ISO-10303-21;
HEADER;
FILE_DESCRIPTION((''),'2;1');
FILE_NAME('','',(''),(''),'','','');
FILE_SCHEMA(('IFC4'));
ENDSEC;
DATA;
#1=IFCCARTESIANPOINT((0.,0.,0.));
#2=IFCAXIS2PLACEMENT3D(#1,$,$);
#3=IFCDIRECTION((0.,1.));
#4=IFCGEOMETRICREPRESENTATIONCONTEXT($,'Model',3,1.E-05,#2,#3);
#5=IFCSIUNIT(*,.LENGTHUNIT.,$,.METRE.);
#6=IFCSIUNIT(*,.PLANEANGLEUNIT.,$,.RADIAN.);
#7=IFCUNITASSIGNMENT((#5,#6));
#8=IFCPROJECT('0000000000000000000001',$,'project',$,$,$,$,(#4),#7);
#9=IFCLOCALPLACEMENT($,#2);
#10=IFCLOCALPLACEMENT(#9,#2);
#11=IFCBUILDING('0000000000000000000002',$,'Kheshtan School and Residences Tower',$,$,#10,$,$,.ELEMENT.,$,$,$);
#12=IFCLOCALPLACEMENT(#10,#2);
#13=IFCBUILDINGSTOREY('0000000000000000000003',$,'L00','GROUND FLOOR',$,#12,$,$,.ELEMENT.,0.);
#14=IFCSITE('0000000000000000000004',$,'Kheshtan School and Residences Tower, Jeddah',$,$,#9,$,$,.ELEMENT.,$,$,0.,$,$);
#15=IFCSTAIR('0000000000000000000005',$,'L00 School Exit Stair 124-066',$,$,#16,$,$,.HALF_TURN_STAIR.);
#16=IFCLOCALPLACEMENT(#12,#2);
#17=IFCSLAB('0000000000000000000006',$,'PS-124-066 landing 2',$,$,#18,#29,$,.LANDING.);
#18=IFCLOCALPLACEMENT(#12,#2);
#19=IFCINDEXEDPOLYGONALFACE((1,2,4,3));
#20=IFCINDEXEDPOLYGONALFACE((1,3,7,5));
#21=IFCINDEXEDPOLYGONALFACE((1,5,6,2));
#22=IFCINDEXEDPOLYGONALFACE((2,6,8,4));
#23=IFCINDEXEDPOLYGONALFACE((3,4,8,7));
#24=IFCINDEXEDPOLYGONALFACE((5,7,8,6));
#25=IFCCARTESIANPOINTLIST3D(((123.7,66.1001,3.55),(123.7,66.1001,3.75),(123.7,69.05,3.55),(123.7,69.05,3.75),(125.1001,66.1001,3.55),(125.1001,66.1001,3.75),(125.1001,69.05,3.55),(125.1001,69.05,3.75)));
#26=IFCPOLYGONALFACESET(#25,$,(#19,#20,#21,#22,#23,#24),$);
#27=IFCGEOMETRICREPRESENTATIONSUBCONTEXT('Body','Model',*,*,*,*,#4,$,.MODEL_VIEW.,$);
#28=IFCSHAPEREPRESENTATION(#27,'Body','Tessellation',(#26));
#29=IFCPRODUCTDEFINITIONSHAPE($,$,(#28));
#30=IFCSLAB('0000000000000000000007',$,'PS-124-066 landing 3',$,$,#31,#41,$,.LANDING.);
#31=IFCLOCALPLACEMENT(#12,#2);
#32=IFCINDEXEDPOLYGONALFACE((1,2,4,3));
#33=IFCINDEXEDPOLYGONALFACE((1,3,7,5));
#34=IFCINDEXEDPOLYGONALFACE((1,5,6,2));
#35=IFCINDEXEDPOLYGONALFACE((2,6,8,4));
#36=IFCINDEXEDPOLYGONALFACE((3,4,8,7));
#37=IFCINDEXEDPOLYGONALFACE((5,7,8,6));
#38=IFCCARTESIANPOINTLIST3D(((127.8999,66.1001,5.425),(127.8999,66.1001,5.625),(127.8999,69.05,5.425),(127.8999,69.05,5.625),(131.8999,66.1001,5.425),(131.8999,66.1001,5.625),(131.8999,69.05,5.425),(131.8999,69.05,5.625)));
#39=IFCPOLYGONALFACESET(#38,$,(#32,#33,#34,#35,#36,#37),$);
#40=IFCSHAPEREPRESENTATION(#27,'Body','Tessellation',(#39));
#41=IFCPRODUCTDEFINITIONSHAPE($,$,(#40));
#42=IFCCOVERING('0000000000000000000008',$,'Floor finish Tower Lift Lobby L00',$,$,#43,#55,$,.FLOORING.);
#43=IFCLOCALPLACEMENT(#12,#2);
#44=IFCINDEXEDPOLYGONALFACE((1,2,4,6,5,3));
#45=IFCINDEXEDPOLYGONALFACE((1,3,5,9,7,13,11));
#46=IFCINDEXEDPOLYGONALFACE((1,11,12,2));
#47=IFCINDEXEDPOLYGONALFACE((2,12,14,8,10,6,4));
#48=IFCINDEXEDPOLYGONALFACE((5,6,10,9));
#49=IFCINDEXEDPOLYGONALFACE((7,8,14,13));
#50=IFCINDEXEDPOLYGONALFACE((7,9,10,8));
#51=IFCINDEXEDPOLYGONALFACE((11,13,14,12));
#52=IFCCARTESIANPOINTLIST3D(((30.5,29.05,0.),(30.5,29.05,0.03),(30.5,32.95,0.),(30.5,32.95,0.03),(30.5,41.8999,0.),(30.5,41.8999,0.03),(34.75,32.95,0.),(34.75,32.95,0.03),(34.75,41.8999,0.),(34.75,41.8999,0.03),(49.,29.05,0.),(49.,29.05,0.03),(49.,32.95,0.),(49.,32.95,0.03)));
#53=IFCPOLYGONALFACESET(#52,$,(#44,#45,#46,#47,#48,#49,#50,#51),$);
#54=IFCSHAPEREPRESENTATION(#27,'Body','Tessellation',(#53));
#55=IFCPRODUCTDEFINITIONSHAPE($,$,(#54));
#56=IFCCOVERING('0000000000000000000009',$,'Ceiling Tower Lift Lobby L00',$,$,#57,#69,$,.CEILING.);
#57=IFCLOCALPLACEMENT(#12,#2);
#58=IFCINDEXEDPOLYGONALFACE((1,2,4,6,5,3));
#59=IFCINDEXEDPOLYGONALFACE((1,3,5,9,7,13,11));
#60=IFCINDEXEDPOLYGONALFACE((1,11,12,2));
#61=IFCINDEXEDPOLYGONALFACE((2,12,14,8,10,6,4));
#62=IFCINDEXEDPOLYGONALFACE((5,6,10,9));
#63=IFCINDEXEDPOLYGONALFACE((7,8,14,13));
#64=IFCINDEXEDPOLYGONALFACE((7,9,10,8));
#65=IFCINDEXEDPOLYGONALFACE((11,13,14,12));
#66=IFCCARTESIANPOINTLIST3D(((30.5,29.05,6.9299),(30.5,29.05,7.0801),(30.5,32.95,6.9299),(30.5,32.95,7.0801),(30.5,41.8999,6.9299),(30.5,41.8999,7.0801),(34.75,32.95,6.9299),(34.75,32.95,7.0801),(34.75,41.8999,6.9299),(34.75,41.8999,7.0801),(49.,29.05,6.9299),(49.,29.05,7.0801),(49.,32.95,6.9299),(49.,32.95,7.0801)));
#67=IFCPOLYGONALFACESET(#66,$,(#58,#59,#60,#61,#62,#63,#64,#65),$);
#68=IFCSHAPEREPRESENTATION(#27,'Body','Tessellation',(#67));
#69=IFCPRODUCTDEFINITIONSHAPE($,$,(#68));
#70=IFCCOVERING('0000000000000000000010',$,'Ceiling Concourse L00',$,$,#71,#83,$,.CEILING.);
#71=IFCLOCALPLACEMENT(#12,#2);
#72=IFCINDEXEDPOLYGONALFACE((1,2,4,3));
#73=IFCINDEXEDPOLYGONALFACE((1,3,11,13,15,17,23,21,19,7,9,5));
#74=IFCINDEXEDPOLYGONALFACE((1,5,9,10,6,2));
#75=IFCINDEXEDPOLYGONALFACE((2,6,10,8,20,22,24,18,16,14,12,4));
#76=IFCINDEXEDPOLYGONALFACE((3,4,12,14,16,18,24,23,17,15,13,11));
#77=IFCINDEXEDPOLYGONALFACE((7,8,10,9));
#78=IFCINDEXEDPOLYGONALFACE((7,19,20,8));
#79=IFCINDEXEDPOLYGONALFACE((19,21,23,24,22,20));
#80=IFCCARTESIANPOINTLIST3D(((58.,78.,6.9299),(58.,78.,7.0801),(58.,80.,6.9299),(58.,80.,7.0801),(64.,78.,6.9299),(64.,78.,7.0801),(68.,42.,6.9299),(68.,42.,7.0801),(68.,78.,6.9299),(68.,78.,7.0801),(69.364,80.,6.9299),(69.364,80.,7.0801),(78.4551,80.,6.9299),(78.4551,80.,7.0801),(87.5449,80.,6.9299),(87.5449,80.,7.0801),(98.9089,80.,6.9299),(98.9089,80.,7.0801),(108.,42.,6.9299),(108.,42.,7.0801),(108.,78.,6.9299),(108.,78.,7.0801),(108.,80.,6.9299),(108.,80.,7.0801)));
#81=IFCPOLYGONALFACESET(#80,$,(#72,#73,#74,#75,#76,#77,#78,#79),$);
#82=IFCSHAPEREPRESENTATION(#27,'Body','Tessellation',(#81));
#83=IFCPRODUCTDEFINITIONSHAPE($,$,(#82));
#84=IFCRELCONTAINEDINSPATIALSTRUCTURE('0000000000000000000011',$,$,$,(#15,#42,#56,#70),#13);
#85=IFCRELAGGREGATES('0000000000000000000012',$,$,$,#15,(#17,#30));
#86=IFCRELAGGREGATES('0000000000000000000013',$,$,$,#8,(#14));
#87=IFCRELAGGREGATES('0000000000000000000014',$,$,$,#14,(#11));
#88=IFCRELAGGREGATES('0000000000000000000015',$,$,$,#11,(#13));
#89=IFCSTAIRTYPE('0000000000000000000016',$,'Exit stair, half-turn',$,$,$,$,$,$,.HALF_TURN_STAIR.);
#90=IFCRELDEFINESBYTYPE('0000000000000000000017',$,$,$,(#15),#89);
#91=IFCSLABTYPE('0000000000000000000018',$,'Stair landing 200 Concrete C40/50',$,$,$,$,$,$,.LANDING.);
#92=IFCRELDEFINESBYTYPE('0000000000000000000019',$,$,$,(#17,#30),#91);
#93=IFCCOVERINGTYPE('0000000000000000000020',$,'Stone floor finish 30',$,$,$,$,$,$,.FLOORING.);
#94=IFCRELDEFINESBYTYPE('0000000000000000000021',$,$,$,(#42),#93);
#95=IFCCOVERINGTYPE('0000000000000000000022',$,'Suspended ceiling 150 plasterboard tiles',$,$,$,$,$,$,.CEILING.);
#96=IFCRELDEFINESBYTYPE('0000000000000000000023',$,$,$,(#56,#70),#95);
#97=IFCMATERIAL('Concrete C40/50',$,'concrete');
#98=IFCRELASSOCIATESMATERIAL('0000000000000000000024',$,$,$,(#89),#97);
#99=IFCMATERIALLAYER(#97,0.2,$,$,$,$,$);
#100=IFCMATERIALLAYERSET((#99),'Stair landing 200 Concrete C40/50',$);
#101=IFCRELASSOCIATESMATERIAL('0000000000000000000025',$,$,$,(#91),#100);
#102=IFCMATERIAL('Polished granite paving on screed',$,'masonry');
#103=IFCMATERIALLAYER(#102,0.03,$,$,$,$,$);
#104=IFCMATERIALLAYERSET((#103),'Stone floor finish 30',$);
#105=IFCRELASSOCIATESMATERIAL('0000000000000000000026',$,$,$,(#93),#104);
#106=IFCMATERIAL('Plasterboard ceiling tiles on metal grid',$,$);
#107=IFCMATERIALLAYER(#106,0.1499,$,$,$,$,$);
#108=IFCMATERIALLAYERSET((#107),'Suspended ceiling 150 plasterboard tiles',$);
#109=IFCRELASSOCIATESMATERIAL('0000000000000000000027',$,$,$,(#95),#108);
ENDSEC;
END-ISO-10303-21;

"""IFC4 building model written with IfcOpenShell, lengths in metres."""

from ifc_helpers import new_model, si_unit, direction, frame, origin, place, context, subcontext, project, spatial, polyline, outline, extrude, material, layer, layer_set, type_object, element, aggregate, save


model = new_model("IFC4")

# Units and contexts
model_context = context("Model", 3, precision=1e-05, world=origin(), true_north=direction((0.0, 1.0)))
body_context = subcontext(model_context, "Body", "Model", "MODEL_VIEW")
ifc_project = project(units=[si_unit("LENGTHUNIT", "METRE"), si_unit("PLANEANGLEUNIT", "RADIAN")], contexts=[model_context])

# Site, building, storey
site_placement = place(None, origin())
site = spatial("IfcSite", under=ifc_project, at=site_placement, Name="Kheshtan School and Residences Tower, Jeddah", CompositionType="ELEMENT", RefElevation=0.0)
building_placement = place(site_placement, origin())
building = spatial("IfcBuilding", under=site, at=building_placement, Name="Kheshtan School and Residences Tower", CompositionType="ELEMENT")
storey_placement = place(building_placement, origin())
storey = spatial("IfcBuildingStorey", under=building, at=storey_placement, Name="L00", Description="GROUND FLOOR", CompositionType="ELEMENT", Elevation=0.0)

# Shared definitions
ifc_material_1 = material(Name="Concrete C40/50", Category="concrete")

# Shared definitions
stair_type = type_object("IfcStairType", Name="Exit stair, half-turn", PredefinedType="HALF_TURN_STAIR", material=ifc_material_1)
ifc_layer_1 = layer(ifc_material_1, 0.2)
ifc_layer_set_1 = layer_set([ifc_layer_1], Name="Stair landing 200 Concrete C40/50")
slab_type_1 = type_object("IfcSlabType", Name="Stair landing 200 Concrete C40/50", PredefinedType="LANDING", material=ifc_layer_set_1)

# Stair, slabs
stair_1_placement = place(storey_placement, origin())
stair_1 = element("IfcStair", 1, at=stair_1_placement, inside=storey, type_object=stair_type, Name="L00 School Exit Stair 124-066", PredefinedType="HALF_TURN_STAIR")
slab_1_placement = place(storey_placement, frame((0.0, 0.0, 3.55)))
slab_1 = element("IfcSlab", 2, at=slab_1_placement, type_object=slab_type_1, Name="PS-124-066 landing 2", PredefinedType="LANDING", context=body_context, shape_type="SweptSolid", body=[
    extrude(outline(polyline([(123.7, 66.1001), (125.1001, 66.1001), (125.1001, 69.05), (123.7, 69.05), (123.7, 66.1001)])), origin(), (0.0, 0.0, 1.0), 0.2),
])
slab_2_placement = place(storey_placement, frame((0.0, 0.0, 5.425)))
slab_2 = element("IfcSlab", 3, at=slab_2_placement, type_object=slab_type_1, Name="PS-124-066 landing 3", PredefinedType="LANDING", context=body_context, shape_type="SweptSolid", body=[
    extrude(outline(polyline([(127.8999, 66.1001), (131.8999, 66.1001), (131.8999, 69.05), (127.8999, 69.05), (127.8999, 66.1001)])), origin(), (0.0, 0.0, 1.0), 0.2),
])
aggregate(stair_1, [slab_1, slab_2])

# Coverings
ifc_material_2 = material(Name="Polished granite paving on screed", Category="masonry")
ifc_layer_2 = layer(ifc_material_2, 0.03)
ifc_layer_set_2 = layer_set([ifc_layer_2], Name="Stone floor finish 30")
covering_type_1 = type_object("IfcCoveringType", Name="Stone floor finish 30", PredefinedType="FLOORING", material=ifc_layer_set_2)
covering_1_placement = place(storey_placement, origin())
element("IfcCovering", 4, at=covering_1_placement, inside=storey, type_object=covering_type_1, Name="Floor finish Tower Lift Lobby L00", PredefinedType="FLOORING", context=body_context, shape_type="SweptSolid", body=[
    extrude(outline(polyline([(49.0, 29.05), (49.0, 32.95), (34.75, 32.95), (34.75, 41.8999), (30.5, 41.8999), (30.5, 32.95), (30.5, 29.05), (49.0, 29.05)])), origin(), (0.0, 0.0, 1.0), 0.03),
])
ifc_material_3 = material(Name="Plasterboard ceiling tiles on metal grid")
ifc_layer_3 = layer(ifc_material_3, 0.1499)
ifc_layer_set_3 = layer_set([ifc_layer_3], Name="Suspended ceiling 150 plasterboard tiles")
covering_type_2 = type_object("IfcCoveringType", Name="Suspended ceiling 150 plasterboard tiles", PredefinedType="CEILING", material=ifc_layer_set_3)
covering_2_placement = place(storey_placement, frame((0.0, 0.0, 6.9299)))
element("IfcCovering", 5, at=covering_2_placement, inside=storey, type_object=covering_type_2, Name="Ceiling Tower Lift Lobby L00", PredefinedType="CEILING", context=body_context, shape_type="SweptSolid", body=[
    extrude(outline(polyline([(49.0, 29.05), (49.0, 32.95), (34.75, 32.95), (34.75, 41.8999), (30.5, 41.8999), (30.5, 32.95), (30.5, 29.05), (49.0, 29.05)])), origin(), (0.0, 0.0, 1.0), 0.1501),
])
covering_3_placement = place(storey_placement, frame((0.0, 0.0, 6.9299)))
element("IfcCovering", 6, at=covering_3_placement, inside=storey, type_object=covering_type_2, Name="Ceiling Concourse L00", PredefinedType="CEILING", context=body_context, shape_type="SweptSolid", body=[
    extrude(outline(polyline([(108.0, 42.0), (68.0, 42.0), (68.0, 78.0), (64.0, 78.0), (58.0, 78.0), (58.0, 80.0), (69.364, 80.0), (78.4551, 80.0), (87.5449, 80.0), (98.9089, 80.0), (108.0, 80.0), (108.0, 78.0), (108.0, 42.0)])), origin(), (0.0, 0.0, 1.0), 0.1501),
])

save(model, "model.ifc")
